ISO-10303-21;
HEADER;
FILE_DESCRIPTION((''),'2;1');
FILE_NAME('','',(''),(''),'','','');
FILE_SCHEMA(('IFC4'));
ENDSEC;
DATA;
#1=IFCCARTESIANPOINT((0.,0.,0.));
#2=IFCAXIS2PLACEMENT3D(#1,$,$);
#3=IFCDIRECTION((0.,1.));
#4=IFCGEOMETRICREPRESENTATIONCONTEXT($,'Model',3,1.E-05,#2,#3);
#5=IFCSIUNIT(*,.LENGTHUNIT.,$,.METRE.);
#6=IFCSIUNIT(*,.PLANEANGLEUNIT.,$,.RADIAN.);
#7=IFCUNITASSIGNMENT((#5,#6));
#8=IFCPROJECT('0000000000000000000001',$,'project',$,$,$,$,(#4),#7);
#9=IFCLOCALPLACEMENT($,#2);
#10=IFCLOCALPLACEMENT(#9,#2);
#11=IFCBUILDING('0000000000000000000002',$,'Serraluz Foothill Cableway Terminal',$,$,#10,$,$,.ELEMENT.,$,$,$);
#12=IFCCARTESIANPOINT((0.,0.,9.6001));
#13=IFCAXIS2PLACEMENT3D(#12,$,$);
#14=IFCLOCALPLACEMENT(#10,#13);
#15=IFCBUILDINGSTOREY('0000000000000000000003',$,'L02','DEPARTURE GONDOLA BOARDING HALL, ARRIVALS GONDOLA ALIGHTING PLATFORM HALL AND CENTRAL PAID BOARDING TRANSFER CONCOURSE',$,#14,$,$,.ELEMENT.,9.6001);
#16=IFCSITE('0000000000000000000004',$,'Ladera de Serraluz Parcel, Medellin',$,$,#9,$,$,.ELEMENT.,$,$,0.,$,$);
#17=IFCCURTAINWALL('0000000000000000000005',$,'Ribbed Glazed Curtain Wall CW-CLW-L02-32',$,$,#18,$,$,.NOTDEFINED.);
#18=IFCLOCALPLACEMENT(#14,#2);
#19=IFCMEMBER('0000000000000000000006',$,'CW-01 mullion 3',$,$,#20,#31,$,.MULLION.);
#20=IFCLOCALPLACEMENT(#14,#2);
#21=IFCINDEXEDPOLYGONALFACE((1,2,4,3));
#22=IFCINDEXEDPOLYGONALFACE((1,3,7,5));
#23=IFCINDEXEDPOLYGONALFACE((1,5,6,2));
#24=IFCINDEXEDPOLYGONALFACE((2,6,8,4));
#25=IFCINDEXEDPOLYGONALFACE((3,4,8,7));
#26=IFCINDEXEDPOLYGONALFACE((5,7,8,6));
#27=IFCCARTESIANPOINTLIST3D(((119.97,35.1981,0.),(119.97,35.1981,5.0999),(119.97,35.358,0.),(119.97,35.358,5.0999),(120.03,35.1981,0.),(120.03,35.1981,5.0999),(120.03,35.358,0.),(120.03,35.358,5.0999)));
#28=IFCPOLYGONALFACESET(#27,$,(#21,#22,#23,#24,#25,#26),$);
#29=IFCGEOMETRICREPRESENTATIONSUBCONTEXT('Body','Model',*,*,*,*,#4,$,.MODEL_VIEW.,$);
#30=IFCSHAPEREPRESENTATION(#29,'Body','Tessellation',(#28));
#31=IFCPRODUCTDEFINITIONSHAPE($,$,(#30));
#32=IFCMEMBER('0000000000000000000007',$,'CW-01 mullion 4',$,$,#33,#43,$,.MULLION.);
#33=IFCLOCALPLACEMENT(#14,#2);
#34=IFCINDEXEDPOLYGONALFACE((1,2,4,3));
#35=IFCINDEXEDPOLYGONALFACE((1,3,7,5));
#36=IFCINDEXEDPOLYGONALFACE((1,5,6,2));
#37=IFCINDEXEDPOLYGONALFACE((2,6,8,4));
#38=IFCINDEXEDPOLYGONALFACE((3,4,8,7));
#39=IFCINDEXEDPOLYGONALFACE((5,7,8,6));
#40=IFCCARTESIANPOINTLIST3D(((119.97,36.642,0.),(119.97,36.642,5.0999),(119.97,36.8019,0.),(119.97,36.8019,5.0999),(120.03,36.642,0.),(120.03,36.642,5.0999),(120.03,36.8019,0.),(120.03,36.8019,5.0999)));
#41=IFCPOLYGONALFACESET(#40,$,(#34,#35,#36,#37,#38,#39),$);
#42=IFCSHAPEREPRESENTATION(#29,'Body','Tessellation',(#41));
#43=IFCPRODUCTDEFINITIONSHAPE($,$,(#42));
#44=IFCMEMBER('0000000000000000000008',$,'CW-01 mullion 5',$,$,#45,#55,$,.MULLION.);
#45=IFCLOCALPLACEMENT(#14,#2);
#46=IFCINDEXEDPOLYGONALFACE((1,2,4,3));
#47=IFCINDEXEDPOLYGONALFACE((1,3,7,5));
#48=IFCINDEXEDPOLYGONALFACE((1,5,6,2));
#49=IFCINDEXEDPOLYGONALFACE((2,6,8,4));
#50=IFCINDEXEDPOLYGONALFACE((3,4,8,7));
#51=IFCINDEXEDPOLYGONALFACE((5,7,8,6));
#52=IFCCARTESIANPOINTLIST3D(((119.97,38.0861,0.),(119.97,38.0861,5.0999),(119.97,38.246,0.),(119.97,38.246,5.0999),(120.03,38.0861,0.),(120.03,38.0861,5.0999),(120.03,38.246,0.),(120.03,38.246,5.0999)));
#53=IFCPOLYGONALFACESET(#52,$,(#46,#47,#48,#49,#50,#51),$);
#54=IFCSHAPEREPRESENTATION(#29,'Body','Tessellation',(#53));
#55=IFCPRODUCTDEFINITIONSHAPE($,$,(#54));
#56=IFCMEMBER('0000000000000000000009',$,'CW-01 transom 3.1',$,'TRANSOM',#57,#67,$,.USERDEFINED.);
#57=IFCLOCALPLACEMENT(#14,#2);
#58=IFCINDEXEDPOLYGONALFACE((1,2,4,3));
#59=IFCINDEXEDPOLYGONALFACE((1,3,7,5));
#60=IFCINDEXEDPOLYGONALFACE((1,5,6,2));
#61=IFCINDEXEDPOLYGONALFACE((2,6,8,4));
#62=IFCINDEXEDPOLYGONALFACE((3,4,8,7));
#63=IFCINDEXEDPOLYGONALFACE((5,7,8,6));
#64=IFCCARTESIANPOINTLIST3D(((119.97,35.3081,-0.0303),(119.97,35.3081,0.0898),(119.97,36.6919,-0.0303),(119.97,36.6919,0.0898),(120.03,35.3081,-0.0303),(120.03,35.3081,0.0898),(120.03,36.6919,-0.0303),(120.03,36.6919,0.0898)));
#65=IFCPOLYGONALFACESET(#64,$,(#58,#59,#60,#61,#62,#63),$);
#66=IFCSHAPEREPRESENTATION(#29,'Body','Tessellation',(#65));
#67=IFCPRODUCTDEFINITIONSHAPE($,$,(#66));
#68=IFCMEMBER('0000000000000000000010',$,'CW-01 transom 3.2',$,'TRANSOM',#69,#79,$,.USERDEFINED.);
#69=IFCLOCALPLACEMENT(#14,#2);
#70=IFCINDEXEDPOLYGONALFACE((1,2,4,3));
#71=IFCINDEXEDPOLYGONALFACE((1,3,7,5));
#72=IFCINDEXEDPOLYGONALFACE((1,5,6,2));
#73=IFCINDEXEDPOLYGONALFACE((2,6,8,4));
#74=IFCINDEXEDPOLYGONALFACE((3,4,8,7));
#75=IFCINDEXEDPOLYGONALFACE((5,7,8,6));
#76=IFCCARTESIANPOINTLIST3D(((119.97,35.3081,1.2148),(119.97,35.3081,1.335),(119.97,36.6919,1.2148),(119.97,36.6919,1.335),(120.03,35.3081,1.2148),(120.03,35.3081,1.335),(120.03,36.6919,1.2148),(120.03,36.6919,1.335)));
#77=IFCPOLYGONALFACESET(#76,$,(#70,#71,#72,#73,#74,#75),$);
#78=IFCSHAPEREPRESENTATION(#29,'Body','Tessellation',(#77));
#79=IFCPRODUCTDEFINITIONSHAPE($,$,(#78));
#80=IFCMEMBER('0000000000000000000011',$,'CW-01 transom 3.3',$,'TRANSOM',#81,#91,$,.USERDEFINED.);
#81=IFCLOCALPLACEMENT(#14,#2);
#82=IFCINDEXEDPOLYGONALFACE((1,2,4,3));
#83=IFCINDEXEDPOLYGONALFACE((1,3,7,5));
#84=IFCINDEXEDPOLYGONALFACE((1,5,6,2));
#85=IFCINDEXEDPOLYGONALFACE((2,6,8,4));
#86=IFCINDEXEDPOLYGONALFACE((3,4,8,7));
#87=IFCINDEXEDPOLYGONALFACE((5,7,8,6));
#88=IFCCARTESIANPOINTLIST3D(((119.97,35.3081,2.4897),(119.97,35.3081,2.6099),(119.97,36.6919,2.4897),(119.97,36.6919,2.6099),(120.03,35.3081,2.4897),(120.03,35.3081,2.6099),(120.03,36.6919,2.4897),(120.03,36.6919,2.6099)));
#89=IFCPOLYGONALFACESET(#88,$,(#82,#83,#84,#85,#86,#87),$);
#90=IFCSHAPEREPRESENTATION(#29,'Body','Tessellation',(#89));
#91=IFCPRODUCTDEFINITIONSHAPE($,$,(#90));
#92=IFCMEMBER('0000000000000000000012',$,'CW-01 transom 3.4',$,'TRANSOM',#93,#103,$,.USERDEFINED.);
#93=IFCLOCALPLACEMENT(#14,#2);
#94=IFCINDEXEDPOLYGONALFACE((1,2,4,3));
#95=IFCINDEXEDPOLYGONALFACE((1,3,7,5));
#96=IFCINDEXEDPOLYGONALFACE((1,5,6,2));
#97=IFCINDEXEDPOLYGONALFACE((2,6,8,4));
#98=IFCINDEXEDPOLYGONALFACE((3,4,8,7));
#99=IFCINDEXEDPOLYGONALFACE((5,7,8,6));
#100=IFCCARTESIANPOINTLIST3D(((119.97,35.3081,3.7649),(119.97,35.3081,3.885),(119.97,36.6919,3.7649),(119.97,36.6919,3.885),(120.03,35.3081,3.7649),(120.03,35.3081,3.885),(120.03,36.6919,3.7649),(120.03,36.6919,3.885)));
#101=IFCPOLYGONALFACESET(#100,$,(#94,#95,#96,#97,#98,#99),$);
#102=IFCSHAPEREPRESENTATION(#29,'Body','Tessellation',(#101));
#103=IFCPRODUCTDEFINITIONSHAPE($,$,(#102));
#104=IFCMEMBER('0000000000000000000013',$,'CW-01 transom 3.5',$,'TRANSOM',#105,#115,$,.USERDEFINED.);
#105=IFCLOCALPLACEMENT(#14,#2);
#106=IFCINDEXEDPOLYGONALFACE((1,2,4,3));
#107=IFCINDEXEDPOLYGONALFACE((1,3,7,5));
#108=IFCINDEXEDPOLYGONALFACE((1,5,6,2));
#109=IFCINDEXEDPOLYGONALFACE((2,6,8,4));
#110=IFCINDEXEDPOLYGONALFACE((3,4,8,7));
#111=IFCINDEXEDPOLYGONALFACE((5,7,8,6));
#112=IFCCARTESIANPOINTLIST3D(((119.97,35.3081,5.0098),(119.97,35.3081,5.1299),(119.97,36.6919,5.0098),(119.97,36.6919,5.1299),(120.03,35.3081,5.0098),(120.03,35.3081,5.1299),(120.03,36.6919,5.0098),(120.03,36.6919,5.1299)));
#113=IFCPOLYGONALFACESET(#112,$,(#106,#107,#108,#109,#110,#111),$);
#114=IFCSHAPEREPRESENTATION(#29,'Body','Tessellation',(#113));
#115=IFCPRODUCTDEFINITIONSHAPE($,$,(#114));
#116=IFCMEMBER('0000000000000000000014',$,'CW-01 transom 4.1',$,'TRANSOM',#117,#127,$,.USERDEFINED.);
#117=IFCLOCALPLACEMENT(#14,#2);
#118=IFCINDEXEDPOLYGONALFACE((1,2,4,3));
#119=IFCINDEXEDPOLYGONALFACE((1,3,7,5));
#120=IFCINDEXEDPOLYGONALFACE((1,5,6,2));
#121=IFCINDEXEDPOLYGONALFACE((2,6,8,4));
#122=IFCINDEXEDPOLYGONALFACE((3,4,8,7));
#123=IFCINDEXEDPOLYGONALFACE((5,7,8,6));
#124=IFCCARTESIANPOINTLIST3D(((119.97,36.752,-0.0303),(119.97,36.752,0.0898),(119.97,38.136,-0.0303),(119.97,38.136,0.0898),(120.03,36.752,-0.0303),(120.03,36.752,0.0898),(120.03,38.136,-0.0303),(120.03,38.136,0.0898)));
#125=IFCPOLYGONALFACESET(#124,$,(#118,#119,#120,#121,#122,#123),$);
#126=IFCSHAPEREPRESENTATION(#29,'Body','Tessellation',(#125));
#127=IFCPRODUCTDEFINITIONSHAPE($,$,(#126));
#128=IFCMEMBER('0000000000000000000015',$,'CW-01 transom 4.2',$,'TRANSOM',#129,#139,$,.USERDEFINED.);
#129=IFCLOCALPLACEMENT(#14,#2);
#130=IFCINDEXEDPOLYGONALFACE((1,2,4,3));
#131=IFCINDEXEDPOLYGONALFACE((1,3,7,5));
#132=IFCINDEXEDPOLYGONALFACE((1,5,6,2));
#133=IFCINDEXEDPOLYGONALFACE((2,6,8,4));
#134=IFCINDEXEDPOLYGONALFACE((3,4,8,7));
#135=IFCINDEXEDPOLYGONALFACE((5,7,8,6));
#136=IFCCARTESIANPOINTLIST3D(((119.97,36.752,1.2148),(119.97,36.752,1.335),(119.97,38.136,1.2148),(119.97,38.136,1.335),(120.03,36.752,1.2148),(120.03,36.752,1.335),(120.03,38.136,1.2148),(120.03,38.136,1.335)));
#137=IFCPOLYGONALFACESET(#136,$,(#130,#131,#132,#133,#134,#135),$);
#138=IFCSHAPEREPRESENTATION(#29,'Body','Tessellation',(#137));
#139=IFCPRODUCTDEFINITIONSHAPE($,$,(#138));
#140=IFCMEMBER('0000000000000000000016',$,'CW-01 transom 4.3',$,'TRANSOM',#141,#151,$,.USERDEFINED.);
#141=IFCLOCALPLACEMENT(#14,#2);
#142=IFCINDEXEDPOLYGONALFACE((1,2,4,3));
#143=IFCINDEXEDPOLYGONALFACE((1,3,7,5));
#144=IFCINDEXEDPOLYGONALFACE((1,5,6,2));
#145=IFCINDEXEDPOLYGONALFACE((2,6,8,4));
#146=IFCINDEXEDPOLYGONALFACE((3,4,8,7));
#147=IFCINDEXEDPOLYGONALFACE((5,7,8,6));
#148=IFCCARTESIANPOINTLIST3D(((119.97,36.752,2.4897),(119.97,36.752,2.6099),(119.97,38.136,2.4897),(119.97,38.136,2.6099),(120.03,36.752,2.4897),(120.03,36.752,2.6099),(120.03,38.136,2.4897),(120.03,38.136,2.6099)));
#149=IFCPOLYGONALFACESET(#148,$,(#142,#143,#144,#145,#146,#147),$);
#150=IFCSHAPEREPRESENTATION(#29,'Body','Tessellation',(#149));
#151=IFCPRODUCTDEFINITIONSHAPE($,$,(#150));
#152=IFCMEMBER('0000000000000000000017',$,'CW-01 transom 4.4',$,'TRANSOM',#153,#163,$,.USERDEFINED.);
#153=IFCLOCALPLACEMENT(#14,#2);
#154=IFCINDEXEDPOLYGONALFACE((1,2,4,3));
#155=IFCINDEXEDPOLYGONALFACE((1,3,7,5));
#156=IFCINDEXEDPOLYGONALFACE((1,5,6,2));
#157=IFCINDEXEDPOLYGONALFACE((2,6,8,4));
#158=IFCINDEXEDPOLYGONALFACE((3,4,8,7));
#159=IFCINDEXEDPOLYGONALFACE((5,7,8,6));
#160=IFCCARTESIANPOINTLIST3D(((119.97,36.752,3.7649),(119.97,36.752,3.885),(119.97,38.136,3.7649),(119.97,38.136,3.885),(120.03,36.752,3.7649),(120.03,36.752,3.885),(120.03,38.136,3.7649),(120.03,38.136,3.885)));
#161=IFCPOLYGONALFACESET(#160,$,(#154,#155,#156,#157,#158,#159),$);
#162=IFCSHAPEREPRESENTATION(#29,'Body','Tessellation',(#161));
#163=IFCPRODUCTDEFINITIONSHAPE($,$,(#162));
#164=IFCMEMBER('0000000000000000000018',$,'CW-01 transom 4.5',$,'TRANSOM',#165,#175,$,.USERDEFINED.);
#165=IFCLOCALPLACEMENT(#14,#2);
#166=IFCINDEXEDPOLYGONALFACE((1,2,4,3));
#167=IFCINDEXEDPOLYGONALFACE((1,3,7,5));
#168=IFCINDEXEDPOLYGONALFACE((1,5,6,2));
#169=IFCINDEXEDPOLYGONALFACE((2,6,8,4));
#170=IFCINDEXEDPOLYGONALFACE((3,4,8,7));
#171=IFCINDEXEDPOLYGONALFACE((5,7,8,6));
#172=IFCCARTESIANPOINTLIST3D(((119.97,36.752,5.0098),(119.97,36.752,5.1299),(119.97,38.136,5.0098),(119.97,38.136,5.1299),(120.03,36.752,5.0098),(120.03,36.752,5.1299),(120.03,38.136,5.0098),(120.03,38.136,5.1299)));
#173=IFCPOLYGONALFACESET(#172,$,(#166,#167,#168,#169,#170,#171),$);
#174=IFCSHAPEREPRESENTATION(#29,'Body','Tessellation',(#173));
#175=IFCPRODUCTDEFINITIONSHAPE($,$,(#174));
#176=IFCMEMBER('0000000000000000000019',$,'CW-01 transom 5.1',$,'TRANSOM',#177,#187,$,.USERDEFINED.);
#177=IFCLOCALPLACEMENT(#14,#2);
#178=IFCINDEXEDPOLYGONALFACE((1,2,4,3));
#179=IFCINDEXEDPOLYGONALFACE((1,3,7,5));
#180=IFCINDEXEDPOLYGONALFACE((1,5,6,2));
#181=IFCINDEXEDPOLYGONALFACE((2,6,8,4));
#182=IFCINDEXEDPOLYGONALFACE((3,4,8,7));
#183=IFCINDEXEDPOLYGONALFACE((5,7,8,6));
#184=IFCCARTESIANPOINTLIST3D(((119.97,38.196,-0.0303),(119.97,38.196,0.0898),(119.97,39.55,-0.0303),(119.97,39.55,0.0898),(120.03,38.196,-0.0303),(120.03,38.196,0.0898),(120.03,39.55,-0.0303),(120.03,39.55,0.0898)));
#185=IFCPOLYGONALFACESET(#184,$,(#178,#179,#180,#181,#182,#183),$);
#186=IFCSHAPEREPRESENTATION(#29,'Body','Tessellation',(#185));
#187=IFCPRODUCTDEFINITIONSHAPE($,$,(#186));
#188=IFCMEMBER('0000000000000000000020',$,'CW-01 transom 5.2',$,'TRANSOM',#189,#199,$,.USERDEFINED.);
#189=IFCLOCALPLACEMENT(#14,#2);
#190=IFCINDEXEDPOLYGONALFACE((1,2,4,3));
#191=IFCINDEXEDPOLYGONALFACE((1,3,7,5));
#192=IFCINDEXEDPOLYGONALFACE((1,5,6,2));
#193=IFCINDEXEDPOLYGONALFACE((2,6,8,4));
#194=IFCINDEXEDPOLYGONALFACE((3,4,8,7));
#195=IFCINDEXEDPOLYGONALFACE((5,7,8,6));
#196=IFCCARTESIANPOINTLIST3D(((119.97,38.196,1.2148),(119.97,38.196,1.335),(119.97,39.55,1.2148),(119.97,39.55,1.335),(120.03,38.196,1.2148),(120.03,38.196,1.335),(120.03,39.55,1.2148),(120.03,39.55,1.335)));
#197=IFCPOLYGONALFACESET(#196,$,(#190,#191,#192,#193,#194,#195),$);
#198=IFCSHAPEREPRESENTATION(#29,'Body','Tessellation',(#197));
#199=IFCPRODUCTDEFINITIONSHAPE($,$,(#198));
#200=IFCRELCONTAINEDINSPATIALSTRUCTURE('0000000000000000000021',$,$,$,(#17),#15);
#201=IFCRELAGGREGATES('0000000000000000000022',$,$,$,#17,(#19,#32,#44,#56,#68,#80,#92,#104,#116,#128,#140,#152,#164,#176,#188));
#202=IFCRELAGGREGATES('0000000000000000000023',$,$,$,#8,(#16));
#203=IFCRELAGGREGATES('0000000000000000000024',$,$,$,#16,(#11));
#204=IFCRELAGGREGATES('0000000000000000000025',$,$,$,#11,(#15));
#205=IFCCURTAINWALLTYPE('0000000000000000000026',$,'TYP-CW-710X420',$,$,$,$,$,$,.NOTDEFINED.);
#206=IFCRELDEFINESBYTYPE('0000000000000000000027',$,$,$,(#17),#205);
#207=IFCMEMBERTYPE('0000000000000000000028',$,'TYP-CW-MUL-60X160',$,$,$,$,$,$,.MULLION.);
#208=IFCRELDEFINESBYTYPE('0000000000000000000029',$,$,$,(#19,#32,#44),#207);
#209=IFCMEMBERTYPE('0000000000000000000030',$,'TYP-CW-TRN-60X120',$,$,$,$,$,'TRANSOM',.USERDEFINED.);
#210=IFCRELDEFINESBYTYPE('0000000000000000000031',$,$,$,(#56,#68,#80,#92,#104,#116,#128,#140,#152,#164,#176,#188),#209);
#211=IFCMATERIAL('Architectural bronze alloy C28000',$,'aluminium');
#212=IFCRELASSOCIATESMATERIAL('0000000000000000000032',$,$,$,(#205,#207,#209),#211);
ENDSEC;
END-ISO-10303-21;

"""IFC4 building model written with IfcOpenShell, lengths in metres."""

from ifc_helpers import new_model, si_unit, direction, frame, origin, origin_2d, place, context, subcontext, project, spatial, rectangle, extrude, material, material_profile, profile_set, type_object, element, aggregate, save


model = new_model("IFC4")

# Units and contexts
model_context = context("Model", 3, precision=1e-05, world=origin(), true_north=direction((0.0, 1.0)))
body_context = subcontext(model_context, "Body", "Model", "MODEL_VIEW")
ifc_project = project(units=[si_unit("LENGTHUNIT", "METRE"), si_unit("PLANEANGLEUNIT", "RADIAN")], contexts=[model_context])

# Site, building, storey
site_placement = place(None, origin())
site = spatial("IfcSite", under=ifc_project, at=site_placement, Name="Ladera de Serraluz Parcel, Medellin", CompositionType="ELEMENT", RefElevation=0.0)
building_placement = place(site_placement, origin())
building = spatial("IfcBuilding", under=site, at=building_placement, Name="Serraluz Foothill Cableway Terminal", CompositionType="ELEMENT")
storey_placement = place(building_placement, frame((0.0, 0.0, 9.6001)))
storey = spatial("IfcBuildingStorey", under=building, at=storey_placement, Name="L02", Description="DEPARTURE GONDOLA BOARDING HALL, ARRIVALS GONDOLA ALIGHTING PLATFORM HALL AND CENTRAL PAID BOARDING TRANSFER CONCOURSE", CompositionType="ELEMENT", Elevation=9.6001)

# Curtain wall, members
ifc_material_1 = material(Name="Architectural bronze alloy C28000", Category="aluminium")
curtain_wall_type = type_object("IfcCurtainWallType", Name="TYP-CW-710X420", PredefinedType="NOTDEFINED", material=ifc_material_1)
curtain_wall_placement = place(storey_placement, origin())
curtain_wall = element("IfcCurtainWall", 1, at=curtain_wall_placement, inside=storey, type_object=curtain_wall_type, Name="Ribbed Glazed Curtain Wall CW-CLW-L02-32", PredefinedType="NOTDEFINED")
ifc_material_profile_1 = material_profile(ifc_material_1, rectangle(XDim=0.0601, YDim=0.1599, at=origin_2d()), Name="ALU MULLION 60x160")
ifc_profile_set_1 = profile_set([ifc_material_profile_1], Name="Architectural bronze alloy C28000")
member_type_1 = type_object("IfcMemberType", Name="TYP-CW-MUL-60X160", PredefinedType="MULLION", material=ifc_profile_set_1)
member_1_placement = place(storey_placement, frame((120.0, 35.2781, 0.0), z_axis=(0.0, 0.0, 1.0), x_axis=(-1.0, 0.0, 0.0)))
member_1 = element("IfcMember", 2, at=member_1_placement, type_object=member_type_1, Name="CW-01 mullion 3", PredefinedType="MULLION", context=body_context, shape_type="SweptSolid", body=[
    extrude(rectangle(XDim=0.0601, YDim=0.1599, at=origin_2d()), origin(), (0.0, 0.0, 1.0), 5.0999),
])
member_2_placement = place(storey_placement, frame((120.0, 36.7219, 0.0), z_axis=(0.0, 0.0, 1.0), x_axis=(-1.0, 0.0, 0.0)))
member_2 = element("IfcMember", 3, at=member_2_placement, type_object=member_type_1, Name="CW-01 mullion 4", PredefinedType="MULLION", context=body_context, shape_type="SweptSolid", body=[
    extrude(rectangle(XDim=0.0601, YDim=0.1599, at=origin_2d()), origin(), (0.0, 0.0, 1.0), 5.0999),
])
member_3_placement = place(storey_placement, frame((120.0, 38.166, 0.0), z_axis=(0.0, 0.0, 1.0), x_axis=(-1.0, 0.0, 0.0)))
member_3 = element("IfcMember", 4, at=member_3_placement, type_object=member_type_1, Name="CW-01 mullion 5", PredefinedType="MULLION", context=body_context, shape_type="SweptSolid", body=[
    extrude(rectangle(XDim=0.0601, YDim=0.1599, at=origin_2d()), origin(), (0.0, 0.0, 1.0), 5.0999),
])
ifc_material_profile_2 = material_profile(ifc_material_1, rectangle(XDim=0.0601, YDim=0.1201, at=origin_2d()), Name="ALU TRANSOM 60x120")
ifc_profile_set_2 = profile_set([ifc_material_profile_2], Name="Architectural bronze alloy C28000")
member_type_2 = type_object("IfcMemberType", Name="TYP-CW-TRN-60X120", ElementType="TRANSOM", PredefinedType="USERDEFINED", material=ifc_profile_set_2)
member_4_placement = place(storey_placement, frame((120.0, 35.3081, 0.0298), z_axis=(0.0, 1.0, 0.0), x_axis=(-1.0, 0.0, 0.0)))
member_4 = element("IfcMember", 5, at=member_4_placement, type_object=member_type_2, Name="CW-01 transom 3.1", ObjectType="TRANSOM", PredefinedType="USERDEFINED", context=body_context, shape_type="SweptSolid", body=[
    extrude(rectangle(XDim=0.0601, YDim=0.1201, at=origin_2d()), origin(), (0.0, 0.0, 1.0), 1.3838),
])
member_5_placement = place(storey_placement, frame((120.0, 35.3081, 1.2749), z_axis=(0.0, 1.0, 0.0), x_axis=(-1.0, 0.0, 0.0)))
member_5 = element("IfcMember", 6, at=member_5_placement, type_object=member_type_2, Name="CW-01 transom 3.2", ObjectType="TRANSOM", PredefinedType="USERDEFINED", context=body_context, shape_type="SweptSolid", body=[
    extrude(rectangle(XDim=0.0601, YDim=0.1201, at=origin_2d()), origin(), (0.0, 0.0, 1.0), 1.3838),
])
member_6_placement = place(storey_placement, frame((120.0, 35.3081, 2.5498), z_axis=(0.0, 1.0, 0.0), x_axis=(-1.0, 0.0, 0.0)))
member_6 = element("IfcMember", 7, at=member_6_placement, type_object=member_type_2, Name="CW-01 transom 3.3", ObjectType="TRANSOM", PredefinedType="USERDEFINED", context=body_context, shape_type="SweptSolid", body=[
    extrude(rectangle(XDim=0.0601, YDim=0.1201, at=origin_2d()), origin(), (0.0, 0.0, 1.0), 1.3838),
])
member_7_placement = place(storey_placement, frame((120.0, 35.3081, 3.825), z_axis=(0.0, 1.0, 0.0), x_axis=(-1.0, 0.0, 0.0)))
member_7 = element("IfcMember", 8, at=member_7_placement, type_object=member_type_2, Name="CW-01 transom 3.4", ObjectType="TRANSOM", PredefinedType="USERDEFINED", context=body_context, shape_type="SweptSolid", body=[
    extrude(rectangle(XDim=0.0601, YDim=0.1201, at=origin_2d()), origin(), (0.0, 0.0, 1.0), 1.3838),
])
member_8_placement = place(storey_placement, frame((120.0, 35.3081, 5.0698), z_axis=(0.0, 1.0, 0.0), x_axis=(-1.0, 0.0, 0.0)))
member_8 = element("IfcMember", 9, at=member_8_placement, type_object=member_type_2, Name="CW-01 transom 3.5", ObjectType="TRANSOM", PredefinedType="USERDEFINED", context=body_context, shape_type="SweptSolid", body=[
    extrude(rectangle(XDim=0.0601, YDim=0.1201, at=origin_2d()), origin(), (0.0, 0.0, 1.0), 1.3838),
])
member_9_placement = place(storey_placement, frame((120.0, 36.752, 0.0298), z_axis=(0.0, 1.0, 0.0), x_axis=(-1.0, 0.0, 0.0)))
member_9 = element("IfcMember", 10, at=member_9_placement, type_object=member_type_2, Name="CW-01 transom 4.1", ObjectType="TRANSOM", PredefinedType="USERDEFINED", context=body_context, shape_type="SweptSolid", body=[
    extrude(rectangle(XDim=0.0601, YDim=0.1201, at=origin_2d()), origin(), (0.0, 0.0, 1.0), 1.384),
])
member_10_placement = place(storey_placement, frame((120.0, 36.752, 1.2749), z_axis=(0.0, 1.0, 0.0), x_axis=(-1.0, 0.0, 0.0)))
member_10 = element("IfcMember", 11, at=member_10_placement, type_object=member_type_2, Name="CW-01 transom 4.2", ObjectType="TRANSOM", PredefinedType="USERDEFINED", context=body_context, shape_type="SweptSolid", body=[
    extrude(rectangle(XDim=0.0601, YDim=0.1201, at=origin_2d()), origin(), (0.0, 0.0, 1.0), 1.384),
])
member_11_placement = place(storey_placement, frame((120.0, 36.752, 2.5498), z_axis=(0.0, 1.0, 0.0), x_axis=(-1.0, 0.0, 0.0)))
member_11 = element("IfcMember", 12, at=member_11_placement, type_object=member_type_2, Name="CW-01 transom 4.3", ObjectType="TRANSOM", PredefinedType="USERDEFINED", context=body_context, shape_type="SweptSolid", body=[
    extrude(rectangle(XDim=0.0601, YDim=0.1201, at=origin_2d()), origin(), (0.0, 0.0, 1.0), 1.384),
])
member_12_placement = place(storey_placement, frame((120.0, 36.752, 3.825), z_axis=(0.0, 1.0, 0.0), x_axis=(-1.0, 0.0, 0.0)))
member_12 = element("IfcMember", 13, at=member_12_placement, type_object=member_type_2, Name="CW-01 transom 4.4", ObjectType="TRANSOM", PredefinedType="USERDEFINED", context=body_context, shape_type="SweptSolid", body=[
    extrude(rectangle(XDim=0.0601, YDim=0.1201, at=origin_2d()), origin(), (0.0, 0.0, 1.0), 1.384),
])
member_13_placement = place(storey_placement, frame((120.0, 36.752, 5.0698), z_axis=(0.0, 1.0, 0.0), x_axis=(-1.0, 0.0, 0.0)))
member_13 = element("IfcMember", 14, at=member_13_placement, type_object=member_type_2, Name="CW-01 transom 4.5", ObjectType="TRANSOM", PredefinedType="USERDEFINED", context=body_context, shape_type="SweptSolid", body=[
    extrude(rectangle(XDim=0.0601, YDim=0.1201, at=origin_2d()), origin(), (0.0, 0.0, 1.0), 1.384),
])
member_14_placement = place(storey_placement, frame((120.0, 38.196, 0.0298), z_axis=(0.0, 1.0, 0.0), x_axis=(-1.0, 0.0, 0.0)))
member_14 = element("IfcMember", 15, at=member_14_placement, type_object=member_type_2, Name="CW-01 transom 5.1", ObjectType="TRANSOM", PredefinedType="USERDEFINED", context=body_context, shape_type="SweptSolid", body=[
    extrude(rectangle(XDim=0.0601, YDim=0.1201, at=origin_2d()), origin(), (0.0, 0.0, 1.0), 1.354),
])
member_15_placement = place(storey_placement, frame((120.0, 38.196, 1.2749), z_axis=(0.0, 1.0, 0.0), x_axis=(-1.0, 0.0, 0.0)))
member_15 = element("IfcMember", 16, at=member_15_placement, type_object=member_type_2, Name="CW-01 transom 5.2", ObjectType="TRANSOM", PredefinedType="USERDEFINED", context=body_context, shape_type="SweptSolid", body=[
    extrude(rectangle(XDim=0.0601, YDim=0.1201, at=origin_2d()), origin(), (0.0, 0.0, 1.0), 1.354),
])
aggregate(curtain_wall, [member_1, member_2, member_3, member_4, member_5, member_6, member_7, member_8, member_9, member_10, member_11, member_12, member_13, member_14, member_15])

save(model, "model.ifc")
